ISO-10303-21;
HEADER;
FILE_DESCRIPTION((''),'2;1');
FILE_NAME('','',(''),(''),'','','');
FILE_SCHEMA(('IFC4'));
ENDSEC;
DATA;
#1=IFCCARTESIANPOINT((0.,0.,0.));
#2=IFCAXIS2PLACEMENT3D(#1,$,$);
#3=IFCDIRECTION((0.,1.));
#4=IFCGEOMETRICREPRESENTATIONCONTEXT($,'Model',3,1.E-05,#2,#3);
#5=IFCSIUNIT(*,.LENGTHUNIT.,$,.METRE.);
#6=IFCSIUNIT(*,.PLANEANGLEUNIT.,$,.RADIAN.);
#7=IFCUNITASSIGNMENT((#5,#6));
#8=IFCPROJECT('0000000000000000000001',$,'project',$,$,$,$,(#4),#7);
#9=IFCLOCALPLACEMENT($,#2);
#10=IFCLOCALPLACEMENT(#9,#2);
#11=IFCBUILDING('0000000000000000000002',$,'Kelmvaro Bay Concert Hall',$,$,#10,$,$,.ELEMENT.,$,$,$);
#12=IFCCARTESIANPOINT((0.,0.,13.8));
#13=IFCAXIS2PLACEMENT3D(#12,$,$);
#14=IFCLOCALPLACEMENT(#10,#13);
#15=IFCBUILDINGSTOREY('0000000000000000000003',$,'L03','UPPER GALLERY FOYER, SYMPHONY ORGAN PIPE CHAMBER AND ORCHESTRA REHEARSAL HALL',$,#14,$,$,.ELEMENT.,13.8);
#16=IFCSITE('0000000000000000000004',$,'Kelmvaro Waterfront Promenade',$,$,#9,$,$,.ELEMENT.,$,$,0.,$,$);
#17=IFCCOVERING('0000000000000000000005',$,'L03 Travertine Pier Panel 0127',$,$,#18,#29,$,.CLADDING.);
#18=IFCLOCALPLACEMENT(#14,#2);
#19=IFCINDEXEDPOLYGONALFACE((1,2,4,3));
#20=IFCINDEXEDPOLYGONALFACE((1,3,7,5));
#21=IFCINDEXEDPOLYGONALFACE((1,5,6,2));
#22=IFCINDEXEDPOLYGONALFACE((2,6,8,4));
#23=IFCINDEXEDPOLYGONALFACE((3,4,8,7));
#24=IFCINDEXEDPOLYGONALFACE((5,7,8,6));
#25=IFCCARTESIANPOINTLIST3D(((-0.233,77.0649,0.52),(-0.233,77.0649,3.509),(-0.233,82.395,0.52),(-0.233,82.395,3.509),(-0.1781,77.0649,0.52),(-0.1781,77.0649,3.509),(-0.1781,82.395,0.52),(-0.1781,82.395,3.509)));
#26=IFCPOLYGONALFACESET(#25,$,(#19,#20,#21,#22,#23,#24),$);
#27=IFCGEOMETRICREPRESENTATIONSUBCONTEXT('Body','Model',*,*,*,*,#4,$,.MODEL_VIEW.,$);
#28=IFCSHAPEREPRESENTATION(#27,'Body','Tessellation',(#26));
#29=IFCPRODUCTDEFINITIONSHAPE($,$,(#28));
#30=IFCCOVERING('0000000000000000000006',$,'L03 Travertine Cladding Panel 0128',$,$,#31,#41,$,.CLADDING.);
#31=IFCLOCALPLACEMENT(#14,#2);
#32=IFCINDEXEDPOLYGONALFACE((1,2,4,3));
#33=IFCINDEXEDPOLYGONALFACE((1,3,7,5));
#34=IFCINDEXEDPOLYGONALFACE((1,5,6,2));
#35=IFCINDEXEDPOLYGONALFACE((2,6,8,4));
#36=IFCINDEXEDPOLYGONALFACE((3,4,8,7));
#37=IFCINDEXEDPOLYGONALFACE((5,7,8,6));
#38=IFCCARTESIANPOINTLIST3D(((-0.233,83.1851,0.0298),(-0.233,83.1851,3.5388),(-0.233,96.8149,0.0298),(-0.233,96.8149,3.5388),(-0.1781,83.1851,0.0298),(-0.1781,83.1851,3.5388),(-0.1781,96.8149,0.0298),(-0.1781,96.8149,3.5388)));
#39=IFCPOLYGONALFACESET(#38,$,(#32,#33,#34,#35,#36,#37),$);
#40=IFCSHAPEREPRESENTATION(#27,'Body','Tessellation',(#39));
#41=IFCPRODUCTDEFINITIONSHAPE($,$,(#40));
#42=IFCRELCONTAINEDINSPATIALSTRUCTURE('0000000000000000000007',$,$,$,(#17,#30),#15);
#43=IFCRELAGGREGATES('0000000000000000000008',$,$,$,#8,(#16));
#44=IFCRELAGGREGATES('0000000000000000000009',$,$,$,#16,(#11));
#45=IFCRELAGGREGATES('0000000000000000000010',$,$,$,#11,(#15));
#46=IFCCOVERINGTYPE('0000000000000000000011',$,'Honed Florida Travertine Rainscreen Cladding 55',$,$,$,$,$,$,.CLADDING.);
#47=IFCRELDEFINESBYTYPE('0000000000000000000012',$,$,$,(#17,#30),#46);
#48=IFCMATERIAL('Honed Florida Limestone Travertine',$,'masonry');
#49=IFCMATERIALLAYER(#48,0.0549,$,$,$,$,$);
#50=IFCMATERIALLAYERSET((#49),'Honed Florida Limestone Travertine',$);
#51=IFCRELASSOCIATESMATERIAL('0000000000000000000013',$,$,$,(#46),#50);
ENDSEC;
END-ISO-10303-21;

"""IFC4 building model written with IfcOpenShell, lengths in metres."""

from ifc_helpers import new_model, si_unit, direction, frame, origin, origin_2d, place, context, subcontext, project, spatial, rectangle, extrude, material, layer, layer_set, type_object, element, save


model = new_model("IFC4")

# Units and contexts
model_context = context("Model", 3, precision=1e-05, world=origin(), true_north=direction((0.0, 1.0)))
body_context = subcontext(model_context, "Body", "Model", "MODEL_VIEW")
ifc_project = project(units=[si_unit("LENGTHUNIT", "METRE"), si_unit("PLANEANGLEUNIT", "RADIAN")], contexts=[model_context])

# Site, building, storey
site_placement = place(None, origin())
site = spatial("IfcSite", under=ifc_project, at=site_placement, Name="Kelmvaro Waterfront Promenade", CompositionType="ELEMENT", RefElevation=0.0)
building_placement = place(site_placement, origin())
building = spatial("IfcBuilding", under=site, at=building_placement, Name="Kelmvaro Bay Concert Hall", CompositionType="ELEMENT")
storey_placement = place(building_placement, frame((0.0, 0.0, 13.8)))
storey = spatial("IfcBuildingStorey", under=building, at=storey_placement, Name="L03", Description="UPPER GALLERY FOYER, SYMPHONY ORGAN PIPE CHAMBER AND ORCHESTRA REHEARSAL HALL", CompositionType="ELEMENT", Elevation=13.8)

# Coverings
ifc_material_1 = material(Name="Honed Florida Limestone Travertine", Category="masonry")
ifc_layer_1 = layer(ifc_material_1, 0.0549)
ifc_layer_set_1 = layer_set([ifc_layer_1], Name="Honed Florida Limestone Travertine")
covering_type_1 = type_object("IfcCoveringType", Name="Honed Florida Travertine Rainscreen Cladding 55", PredefinedType="CLADDING", material=ifc_layer_set_1)
covering_1_placement = place(storey_placement, frame((-0.2056, 79.73, 0.52), z_axis=(0.0, 0.0, 1.0), x_axis=(0.0, 1.0, 0.0)))
element("IfcCovering", 1, at=covering_1_placement, inside=storey, type_object=covering_type_1, Name="L03 Travertine Pier Panel 0127", PredefinedType="CLADDING", context=body_context, shape_type="SweptSolid", body=[
    extrude(rectangle(XDim=5.3301, YDim=0.0549, at=origin_2d()), origin(), (0.0, 0.0, 1.0), 2.989),
])
covering_2_placement = place(storey_placement, frame((-0.2056, 90.0, 0.0298), z_axis=(0.0, 0.0, 1.0), x_axis=(0.0, 1.0, 0.0)))
element("IfcCovering", 2, at=covering_2_placement, inside=storey, type_object=covering_type_1, Name="L03 Travertine Cladding Panel 0128", PredefinedType="CLADDING", context=body_context, shape_type="SweptSolid", body=[
    extrude(rectangle(XDim=13.6299, YDim=0.0549, at=origin_2d()), origin(), (0.0, 0.0, 1.0), 3.509),
])

save(model, "model.ifc")
